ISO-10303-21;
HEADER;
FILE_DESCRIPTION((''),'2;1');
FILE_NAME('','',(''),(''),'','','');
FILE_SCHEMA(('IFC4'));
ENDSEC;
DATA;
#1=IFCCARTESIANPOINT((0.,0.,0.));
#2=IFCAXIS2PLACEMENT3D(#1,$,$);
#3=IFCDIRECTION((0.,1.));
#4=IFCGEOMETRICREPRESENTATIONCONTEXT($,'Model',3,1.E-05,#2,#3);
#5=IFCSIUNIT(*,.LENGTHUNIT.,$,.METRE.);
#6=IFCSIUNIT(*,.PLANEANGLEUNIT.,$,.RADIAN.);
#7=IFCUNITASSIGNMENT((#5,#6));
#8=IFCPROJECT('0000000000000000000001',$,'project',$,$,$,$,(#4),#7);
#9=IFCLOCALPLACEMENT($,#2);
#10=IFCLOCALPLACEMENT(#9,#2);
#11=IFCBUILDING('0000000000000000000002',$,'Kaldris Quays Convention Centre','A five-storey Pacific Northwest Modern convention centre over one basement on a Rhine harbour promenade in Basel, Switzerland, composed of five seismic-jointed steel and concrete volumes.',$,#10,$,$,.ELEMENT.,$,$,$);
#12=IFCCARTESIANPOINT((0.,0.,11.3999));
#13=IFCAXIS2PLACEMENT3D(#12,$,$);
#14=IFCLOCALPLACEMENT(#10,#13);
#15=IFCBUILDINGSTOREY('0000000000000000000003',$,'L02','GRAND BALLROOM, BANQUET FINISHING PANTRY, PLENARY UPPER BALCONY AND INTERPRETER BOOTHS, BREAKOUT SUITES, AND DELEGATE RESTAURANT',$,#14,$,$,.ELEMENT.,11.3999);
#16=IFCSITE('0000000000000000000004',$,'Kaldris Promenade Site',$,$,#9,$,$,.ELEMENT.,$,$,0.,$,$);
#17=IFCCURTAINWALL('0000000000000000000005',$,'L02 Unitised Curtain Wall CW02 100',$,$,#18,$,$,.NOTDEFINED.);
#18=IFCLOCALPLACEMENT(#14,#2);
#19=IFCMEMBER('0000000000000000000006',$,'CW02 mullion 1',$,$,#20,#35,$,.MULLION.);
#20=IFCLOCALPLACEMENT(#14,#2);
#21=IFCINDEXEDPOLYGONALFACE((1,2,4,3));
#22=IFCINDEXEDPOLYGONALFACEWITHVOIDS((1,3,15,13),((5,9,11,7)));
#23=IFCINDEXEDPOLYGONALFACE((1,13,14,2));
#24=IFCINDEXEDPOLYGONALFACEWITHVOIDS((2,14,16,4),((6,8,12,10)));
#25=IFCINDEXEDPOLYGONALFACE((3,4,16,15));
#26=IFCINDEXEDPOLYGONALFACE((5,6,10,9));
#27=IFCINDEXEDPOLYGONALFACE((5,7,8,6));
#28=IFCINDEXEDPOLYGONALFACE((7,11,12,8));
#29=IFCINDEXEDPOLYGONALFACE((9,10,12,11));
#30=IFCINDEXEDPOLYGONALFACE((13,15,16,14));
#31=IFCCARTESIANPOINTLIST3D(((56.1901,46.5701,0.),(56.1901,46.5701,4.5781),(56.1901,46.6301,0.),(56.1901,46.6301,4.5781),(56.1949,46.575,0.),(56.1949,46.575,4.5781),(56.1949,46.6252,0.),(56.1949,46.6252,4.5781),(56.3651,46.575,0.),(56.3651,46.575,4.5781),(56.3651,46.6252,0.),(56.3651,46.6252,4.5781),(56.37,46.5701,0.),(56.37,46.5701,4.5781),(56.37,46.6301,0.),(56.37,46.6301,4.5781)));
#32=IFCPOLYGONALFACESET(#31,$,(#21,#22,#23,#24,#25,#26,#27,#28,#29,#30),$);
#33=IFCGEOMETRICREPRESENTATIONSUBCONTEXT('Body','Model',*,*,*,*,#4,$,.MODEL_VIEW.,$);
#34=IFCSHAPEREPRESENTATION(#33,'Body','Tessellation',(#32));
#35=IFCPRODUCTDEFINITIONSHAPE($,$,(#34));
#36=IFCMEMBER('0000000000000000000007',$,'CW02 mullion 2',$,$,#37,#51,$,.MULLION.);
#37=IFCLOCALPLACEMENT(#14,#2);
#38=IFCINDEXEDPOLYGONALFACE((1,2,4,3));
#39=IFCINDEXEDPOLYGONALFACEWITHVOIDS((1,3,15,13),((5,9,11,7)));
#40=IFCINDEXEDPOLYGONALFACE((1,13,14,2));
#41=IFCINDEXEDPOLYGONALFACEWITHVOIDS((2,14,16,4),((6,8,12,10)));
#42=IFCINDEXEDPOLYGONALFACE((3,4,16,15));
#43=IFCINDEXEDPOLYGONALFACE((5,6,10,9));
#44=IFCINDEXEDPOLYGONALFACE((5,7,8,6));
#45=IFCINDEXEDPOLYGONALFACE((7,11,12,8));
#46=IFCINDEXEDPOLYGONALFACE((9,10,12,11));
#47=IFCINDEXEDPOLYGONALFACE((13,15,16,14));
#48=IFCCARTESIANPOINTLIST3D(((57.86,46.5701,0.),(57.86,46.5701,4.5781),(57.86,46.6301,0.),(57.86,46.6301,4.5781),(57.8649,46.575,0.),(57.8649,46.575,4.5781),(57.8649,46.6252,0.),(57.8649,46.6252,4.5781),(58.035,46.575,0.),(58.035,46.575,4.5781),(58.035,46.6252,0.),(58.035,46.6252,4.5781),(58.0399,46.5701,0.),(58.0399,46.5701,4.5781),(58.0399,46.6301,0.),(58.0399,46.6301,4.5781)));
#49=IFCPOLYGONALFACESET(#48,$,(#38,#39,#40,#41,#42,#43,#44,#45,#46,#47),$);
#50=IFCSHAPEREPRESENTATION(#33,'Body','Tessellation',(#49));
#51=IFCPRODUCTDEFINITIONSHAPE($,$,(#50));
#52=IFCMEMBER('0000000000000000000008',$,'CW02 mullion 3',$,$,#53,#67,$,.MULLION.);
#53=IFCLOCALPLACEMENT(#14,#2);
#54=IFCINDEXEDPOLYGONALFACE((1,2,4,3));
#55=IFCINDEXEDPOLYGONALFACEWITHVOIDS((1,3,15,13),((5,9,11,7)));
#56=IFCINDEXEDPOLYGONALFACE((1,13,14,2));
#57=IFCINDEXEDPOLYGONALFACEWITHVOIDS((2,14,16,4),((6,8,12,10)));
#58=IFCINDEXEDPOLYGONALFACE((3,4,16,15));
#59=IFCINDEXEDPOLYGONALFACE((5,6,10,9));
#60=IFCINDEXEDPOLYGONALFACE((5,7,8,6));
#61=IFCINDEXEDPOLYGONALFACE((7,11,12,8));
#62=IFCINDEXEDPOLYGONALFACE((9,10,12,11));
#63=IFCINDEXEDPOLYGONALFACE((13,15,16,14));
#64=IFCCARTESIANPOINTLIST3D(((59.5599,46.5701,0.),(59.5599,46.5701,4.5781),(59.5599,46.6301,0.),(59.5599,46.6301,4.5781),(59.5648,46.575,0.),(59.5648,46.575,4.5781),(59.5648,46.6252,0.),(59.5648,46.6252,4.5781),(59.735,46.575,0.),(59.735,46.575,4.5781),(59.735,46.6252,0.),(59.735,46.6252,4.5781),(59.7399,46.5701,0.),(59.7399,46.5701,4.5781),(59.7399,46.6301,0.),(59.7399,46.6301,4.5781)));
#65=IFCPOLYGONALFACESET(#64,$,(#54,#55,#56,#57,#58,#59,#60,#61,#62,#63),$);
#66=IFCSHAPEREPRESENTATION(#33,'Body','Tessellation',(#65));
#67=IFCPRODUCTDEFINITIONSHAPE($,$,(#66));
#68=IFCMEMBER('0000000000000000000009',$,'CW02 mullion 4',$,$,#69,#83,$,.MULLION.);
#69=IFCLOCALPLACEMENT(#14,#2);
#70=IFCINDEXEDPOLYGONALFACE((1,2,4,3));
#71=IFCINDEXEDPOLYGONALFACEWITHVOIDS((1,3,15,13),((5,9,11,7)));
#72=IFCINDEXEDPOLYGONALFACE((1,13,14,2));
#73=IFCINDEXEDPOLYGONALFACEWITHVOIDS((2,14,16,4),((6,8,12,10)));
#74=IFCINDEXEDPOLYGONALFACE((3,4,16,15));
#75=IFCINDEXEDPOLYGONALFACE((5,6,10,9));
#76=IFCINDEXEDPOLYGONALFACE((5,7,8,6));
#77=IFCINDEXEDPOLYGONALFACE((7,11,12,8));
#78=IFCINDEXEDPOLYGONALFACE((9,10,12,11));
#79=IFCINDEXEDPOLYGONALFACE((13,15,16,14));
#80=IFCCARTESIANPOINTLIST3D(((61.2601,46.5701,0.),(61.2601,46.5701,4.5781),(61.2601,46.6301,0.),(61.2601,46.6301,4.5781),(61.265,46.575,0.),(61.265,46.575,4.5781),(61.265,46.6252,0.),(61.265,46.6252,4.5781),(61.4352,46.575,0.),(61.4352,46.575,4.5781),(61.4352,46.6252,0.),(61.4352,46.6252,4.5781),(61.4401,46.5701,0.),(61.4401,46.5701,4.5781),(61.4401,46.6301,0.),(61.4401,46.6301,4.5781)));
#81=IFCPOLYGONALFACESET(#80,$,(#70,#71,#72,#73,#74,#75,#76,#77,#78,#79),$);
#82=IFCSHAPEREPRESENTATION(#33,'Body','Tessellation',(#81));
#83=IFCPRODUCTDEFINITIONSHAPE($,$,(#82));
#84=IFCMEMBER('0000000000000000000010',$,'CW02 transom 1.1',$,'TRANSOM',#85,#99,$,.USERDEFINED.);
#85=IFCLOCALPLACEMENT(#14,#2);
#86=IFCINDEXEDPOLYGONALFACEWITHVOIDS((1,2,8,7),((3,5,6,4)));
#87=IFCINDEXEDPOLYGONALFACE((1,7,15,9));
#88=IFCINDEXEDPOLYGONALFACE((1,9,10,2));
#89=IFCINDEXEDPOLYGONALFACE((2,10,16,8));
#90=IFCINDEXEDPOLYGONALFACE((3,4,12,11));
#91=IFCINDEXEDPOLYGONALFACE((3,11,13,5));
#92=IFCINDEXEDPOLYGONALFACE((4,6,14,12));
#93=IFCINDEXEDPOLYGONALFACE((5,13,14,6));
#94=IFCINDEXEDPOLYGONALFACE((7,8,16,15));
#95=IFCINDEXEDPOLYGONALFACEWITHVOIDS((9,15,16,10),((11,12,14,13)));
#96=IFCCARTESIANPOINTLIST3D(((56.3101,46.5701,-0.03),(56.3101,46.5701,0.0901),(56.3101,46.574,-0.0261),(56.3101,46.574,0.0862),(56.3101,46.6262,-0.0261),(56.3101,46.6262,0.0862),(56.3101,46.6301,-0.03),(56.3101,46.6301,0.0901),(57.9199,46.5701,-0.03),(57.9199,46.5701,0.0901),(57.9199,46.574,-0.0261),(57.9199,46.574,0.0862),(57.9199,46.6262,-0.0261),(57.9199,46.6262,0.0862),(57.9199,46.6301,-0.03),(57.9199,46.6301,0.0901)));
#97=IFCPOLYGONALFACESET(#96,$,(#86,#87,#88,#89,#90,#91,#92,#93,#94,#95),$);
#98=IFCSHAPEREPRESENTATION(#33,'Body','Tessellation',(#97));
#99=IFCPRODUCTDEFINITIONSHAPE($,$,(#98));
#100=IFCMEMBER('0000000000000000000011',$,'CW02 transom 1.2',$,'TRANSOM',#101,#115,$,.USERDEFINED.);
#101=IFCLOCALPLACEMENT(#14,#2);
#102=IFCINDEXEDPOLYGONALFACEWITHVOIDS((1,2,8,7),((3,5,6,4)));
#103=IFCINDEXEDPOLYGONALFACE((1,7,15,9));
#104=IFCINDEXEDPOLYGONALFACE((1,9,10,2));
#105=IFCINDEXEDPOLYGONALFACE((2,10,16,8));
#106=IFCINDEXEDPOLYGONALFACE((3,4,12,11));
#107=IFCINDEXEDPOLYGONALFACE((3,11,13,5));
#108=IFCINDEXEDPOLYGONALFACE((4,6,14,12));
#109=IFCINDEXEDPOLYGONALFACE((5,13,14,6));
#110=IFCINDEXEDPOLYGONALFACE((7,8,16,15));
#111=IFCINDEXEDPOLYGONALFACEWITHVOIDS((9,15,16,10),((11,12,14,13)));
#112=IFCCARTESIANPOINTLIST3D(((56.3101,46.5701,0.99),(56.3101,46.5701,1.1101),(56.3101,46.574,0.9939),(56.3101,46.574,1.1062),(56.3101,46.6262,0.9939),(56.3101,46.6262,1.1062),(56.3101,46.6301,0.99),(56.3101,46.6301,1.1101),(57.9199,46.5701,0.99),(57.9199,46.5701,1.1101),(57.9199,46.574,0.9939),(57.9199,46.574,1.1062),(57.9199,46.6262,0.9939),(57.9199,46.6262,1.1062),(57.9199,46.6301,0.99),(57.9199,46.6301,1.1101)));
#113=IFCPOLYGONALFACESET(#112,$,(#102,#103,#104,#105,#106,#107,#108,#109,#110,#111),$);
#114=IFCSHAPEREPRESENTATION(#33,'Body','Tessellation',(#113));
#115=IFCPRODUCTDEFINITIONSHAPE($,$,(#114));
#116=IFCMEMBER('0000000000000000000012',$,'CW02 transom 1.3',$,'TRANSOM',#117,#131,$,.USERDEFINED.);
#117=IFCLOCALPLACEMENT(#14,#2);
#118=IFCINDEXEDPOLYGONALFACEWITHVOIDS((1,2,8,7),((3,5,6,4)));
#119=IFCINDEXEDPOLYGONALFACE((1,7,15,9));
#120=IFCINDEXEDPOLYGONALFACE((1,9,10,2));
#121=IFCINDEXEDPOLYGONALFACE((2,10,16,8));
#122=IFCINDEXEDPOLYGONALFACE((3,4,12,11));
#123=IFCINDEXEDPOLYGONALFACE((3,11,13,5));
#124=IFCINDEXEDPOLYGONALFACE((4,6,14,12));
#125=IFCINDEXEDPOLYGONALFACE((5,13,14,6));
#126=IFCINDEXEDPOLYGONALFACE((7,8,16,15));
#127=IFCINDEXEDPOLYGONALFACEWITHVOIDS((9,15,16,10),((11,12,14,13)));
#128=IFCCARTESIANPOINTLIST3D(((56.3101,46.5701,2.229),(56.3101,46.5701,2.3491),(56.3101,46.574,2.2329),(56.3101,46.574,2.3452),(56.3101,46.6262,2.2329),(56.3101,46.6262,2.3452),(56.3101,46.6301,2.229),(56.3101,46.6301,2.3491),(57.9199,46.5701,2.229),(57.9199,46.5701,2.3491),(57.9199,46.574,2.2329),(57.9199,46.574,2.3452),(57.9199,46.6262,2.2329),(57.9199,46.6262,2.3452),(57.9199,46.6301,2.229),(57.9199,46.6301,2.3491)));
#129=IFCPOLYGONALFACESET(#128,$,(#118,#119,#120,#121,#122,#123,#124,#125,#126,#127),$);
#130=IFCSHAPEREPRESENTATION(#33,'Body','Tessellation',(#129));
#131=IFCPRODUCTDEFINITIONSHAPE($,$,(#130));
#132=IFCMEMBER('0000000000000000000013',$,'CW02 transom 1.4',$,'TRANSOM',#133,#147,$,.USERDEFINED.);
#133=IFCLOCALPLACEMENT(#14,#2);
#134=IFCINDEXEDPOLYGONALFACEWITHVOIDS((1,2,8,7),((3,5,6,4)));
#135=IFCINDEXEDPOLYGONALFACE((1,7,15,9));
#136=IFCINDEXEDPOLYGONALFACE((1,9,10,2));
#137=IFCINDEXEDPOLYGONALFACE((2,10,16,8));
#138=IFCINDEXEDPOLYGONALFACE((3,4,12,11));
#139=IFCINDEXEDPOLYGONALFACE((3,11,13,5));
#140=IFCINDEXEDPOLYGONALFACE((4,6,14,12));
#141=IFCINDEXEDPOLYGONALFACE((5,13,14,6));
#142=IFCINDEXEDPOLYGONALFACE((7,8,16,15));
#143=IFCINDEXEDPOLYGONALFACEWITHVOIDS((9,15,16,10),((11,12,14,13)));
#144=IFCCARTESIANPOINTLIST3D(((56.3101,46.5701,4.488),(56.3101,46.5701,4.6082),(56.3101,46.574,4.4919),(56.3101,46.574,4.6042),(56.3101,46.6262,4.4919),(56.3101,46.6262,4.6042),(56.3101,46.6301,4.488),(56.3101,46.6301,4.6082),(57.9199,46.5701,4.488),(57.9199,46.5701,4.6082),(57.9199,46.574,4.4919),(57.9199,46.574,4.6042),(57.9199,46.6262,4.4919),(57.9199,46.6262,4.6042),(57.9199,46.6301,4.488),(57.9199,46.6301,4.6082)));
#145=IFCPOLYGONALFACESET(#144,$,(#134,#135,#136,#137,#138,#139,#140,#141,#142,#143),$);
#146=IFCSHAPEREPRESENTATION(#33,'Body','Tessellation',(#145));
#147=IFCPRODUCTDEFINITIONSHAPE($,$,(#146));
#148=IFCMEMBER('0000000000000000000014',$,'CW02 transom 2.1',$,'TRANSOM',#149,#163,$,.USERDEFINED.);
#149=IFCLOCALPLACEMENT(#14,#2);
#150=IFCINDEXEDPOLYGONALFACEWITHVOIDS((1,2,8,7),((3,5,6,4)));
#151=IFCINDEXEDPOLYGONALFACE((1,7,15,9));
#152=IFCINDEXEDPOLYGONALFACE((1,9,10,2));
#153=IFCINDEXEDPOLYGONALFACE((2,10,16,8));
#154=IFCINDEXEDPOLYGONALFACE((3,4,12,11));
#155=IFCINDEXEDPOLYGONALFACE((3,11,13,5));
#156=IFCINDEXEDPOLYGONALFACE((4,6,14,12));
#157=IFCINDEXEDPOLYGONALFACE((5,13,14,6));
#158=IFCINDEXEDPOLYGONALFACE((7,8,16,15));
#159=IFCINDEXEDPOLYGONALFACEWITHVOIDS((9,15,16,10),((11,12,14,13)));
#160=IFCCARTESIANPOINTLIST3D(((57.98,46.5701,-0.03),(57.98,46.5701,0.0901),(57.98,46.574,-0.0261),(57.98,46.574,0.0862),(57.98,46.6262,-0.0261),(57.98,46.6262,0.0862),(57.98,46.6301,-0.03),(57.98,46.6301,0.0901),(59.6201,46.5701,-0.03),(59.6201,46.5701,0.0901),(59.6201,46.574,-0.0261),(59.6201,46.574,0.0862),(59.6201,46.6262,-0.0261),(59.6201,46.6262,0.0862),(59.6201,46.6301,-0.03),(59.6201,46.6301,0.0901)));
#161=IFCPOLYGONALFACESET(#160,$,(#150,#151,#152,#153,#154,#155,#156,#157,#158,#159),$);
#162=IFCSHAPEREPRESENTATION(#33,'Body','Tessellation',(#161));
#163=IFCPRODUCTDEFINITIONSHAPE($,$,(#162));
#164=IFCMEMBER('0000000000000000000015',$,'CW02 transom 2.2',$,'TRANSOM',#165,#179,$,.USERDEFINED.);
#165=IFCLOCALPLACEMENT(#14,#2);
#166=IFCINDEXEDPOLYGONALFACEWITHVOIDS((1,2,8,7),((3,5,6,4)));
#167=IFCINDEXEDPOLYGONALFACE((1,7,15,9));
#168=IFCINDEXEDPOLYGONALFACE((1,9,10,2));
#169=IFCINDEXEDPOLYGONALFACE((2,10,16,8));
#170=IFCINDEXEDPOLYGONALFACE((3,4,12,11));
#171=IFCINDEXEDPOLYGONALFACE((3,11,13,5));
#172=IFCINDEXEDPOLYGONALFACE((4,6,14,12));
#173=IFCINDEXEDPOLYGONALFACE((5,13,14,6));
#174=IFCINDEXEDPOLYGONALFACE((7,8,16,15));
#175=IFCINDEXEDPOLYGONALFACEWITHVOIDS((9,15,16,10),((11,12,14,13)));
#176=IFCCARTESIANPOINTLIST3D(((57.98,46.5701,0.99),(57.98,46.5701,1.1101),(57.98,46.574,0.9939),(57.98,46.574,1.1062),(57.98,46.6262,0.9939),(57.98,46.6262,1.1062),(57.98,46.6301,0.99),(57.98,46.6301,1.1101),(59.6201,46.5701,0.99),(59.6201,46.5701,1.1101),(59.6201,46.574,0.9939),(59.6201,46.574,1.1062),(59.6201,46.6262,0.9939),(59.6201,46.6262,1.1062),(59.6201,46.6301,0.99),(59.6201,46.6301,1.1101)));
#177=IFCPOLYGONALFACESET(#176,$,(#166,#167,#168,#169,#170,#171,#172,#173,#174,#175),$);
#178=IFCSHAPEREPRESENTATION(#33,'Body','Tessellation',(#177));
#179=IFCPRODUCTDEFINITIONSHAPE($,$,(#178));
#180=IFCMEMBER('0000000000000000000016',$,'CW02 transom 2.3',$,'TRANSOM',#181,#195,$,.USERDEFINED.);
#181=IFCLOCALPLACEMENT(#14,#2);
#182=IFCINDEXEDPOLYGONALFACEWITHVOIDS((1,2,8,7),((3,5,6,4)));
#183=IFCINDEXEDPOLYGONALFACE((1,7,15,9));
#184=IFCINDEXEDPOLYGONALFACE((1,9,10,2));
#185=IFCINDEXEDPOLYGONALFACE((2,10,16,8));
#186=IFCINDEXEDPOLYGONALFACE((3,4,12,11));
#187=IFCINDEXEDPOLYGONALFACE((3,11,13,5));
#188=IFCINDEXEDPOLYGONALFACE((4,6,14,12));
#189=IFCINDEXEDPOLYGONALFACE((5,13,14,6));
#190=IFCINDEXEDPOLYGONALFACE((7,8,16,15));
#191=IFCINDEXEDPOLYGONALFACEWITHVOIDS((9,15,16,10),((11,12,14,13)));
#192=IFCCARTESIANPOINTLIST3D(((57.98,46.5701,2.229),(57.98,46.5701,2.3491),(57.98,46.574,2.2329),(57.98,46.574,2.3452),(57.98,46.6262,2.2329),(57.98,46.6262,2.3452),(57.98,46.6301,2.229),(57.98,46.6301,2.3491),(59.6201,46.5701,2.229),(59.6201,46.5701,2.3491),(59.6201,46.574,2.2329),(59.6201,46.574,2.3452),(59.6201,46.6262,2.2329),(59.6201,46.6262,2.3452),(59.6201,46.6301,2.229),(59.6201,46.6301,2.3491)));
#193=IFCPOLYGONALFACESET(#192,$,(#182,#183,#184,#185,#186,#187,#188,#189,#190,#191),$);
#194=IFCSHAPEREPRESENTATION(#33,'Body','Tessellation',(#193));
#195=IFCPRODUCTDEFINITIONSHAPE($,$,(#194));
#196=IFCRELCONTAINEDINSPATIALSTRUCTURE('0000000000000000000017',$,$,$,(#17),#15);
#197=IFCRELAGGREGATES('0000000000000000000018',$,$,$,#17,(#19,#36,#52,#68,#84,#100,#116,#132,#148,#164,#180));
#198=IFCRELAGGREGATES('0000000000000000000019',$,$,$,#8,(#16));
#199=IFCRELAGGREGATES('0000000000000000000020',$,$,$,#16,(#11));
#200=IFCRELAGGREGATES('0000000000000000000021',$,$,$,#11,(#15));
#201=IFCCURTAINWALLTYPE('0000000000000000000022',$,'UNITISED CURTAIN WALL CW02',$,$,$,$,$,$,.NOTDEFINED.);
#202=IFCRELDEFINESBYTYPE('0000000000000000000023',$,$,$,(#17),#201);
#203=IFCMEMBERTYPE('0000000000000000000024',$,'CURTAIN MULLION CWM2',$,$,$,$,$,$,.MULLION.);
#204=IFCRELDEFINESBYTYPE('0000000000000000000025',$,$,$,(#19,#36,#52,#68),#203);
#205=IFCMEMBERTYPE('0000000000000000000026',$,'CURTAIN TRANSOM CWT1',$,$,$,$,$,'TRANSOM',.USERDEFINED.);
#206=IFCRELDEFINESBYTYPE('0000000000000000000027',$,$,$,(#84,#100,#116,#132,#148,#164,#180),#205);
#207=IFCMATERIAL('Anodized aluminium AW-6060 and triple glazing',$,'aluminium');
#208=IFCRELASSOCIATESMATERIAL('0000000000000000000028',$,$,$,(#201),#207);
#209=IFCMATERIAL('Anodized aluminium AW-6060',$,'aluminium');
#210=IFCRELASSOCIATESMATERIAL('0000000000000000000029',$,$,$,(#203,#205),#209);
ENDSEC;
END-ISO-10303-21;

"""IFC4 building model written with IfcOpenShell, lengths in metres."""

from ifc_helpers import new_model, si_unit, direction, frame, origin, origin_2d, place, context, subcontext, project, spatial, hollow_rectangle, extrude, material, material_profile, profile_set, type_object, element, aggregate, save


model = new_model("IFC4")

# Units and contexts
model_context = context("Model", 3, precision=1e-05, world=origin(), true_north=direction((0.0, 1.0)))
body_context = subcontext(model_context, "Body", "Model", "MODEL_VIEW")
ifc_project = project(units=[si_unit("LENGTHUNIT", "METRE"), si_unit("PLANEANGLEUNIT", "RADIAN")], contexts=[model_context])

# Site, building, storey
site_placement = place(None, origin())
site = spatial("IfcSite", under=ifc_project, at=site_placement, Name="Kaldris Promenade Site", CompositionType="ELEMENT", RefElevation=0.0)
building_placement = place(site_placement, origin())
building = spatial("IfcBuilding", under=site, at=building_placement, Name="Kaldris Quays Convention Centre", Description="A five-storey Pacific Northwest Modern convention centre over one basement on a Rhine harbour promenade in Basel, Switzerland, composed of five seismic-jointed steel and concrete volumes.", CompositionType="ELEMENT")
storey_placement = place(building_placement, frame((0.0, 0.0, 11.3999)))
storey = spatial("IfcBuildingStorey", under=building, at=storey_placement, Name="L02", Description="GRAND BALLROOM, BANQUET FINISHING PANTRY, PLENARY UPPER BALCONY AND INTERPRETER BOOTHS, BREAKOUT SUITES, AND DELEGATE RESTAURANT", CompositionType="ELEMENT", Elevation=11.3999)

# Curtain wall, members
ifc_material_1 = material(Name="Anodized aluminium AW-6060 and triple glazing", Category="aluminium")
curtain_wall_type = type_object("IfcCurtainWallType", Name="UNITISED CURTAIN WALL CW02", PredefinedType="NOTDEFINED", material=ifc_material_1)
curtain_wall_placement = place(storey_placement, origin())
curtain_wall = element("IfcCurtainWall", 1, at=curtain_wall_placement, inside=storey, type_object=curtain_wall_type, Name="L02 Unitised Curtain Wall CW02 100", PredefinedType="NOTDEFINED")
ifc_material_2 = material(Name="Anodized aluminium AW-6060", Category="aluminium")
ifc_material_profile_1 = material_profile(ifc_material_2, hollow_rectangle(XDim=0.0601, YDim=0.1799, WallThickness=0.0049, at=origin_2d()), Name="RHS 180x60x5")
ifc_profile_set_1 = profile_set([ifc_material_profile_1], Name="Anodized aluminium AW-6060")
member_type_1 = type_object("IfcMemberType", Name="CURTAIN MULLION CWM2", PredefinedType="MULLION", material=ifc_profile_set_1)
member_1_placement = place(storey_placement, frame((56.28, 46.6001, 0.0), z_axis=(0.0, 0.0, 1.0), x_axis=(0.0, 1.0, 0.0)))
member_1 = element("IfcMember", 2, at=member_1_placement, type_object=member_type_1, Name="CW02 mullion 1", PredefinedType="MULLION", context=body_context, shape_type="SweptSolid", body=[
    extrude(hollow_rectangle(XDim=0.0601, YDim=0.1799, WallThickness=0.0049, at=origin_2d()), origin(), (0.0, 0.0, 1.0), 4.5781),
])
member_2_placement = place(storey_placement, frame((57.95, 46.6001, 0.0), z_axis=(0.0, 0.0, 1.0), x_axis=(0.0, 1.0, 0.0)))
member_2 = element("IfcMember", 3, at=member_2_placement, type_object=member_type_1, Name="CW02 mullion 2", PredefinedType="MULLION", context=body_context, shape_type="SweptSolid", body=[
    extrude(hollow_rectangle(XDim=0.0601, YDim=0.1799, WallThickness=0.0049, at=origin_2d()), origin(), (0.0, 0.0, 1.0), 4.5781),
])
member_3_placement = place(storey_placement, frame((59.6499, 46.6001, 0.0), z_axis=(0.0, 0.0, 1.0), x_axis=(0.0, 1.0, 0.0)))
member_3 = element("IfcMember", 4, at=member_3_placement, type_object=member_type_1, Name="CW02 mullion 3", PredefinedType="MULLION", context=body_context, shape_type="SweptSolid", body=[
    extrude(hollow_rectangle(XDim=0.0601, YDim=0.1799, WallThickness=0.0049, at=origin_2d()), origin(), (0.0, 0.0, 1.0), 4.5781),
])
member_4_placement = place(storey_placement, frame((61.3501, 46.6001, 0.0), z_axis=(0.0, 0.0, 1.0), x_axis=(0.0, 1.0, 0.0)))
member_4 = element("IfcMember", 5, at=member_4_placement, type_object=member_type_1, Name="CW02 mullion 4", PredefinedType="MULLION", context=body_context, shape_type="SweptSolid", body=[
    extrude(hollow_rectangle(XDim=0.0601, YDim=0.1799, WallThickness=0.0049, at=origin_2d()), origin(), (0.0, 0.0, 1.0), 4.5781),
])
ifc_material_profile_2 = material_profile(ifc_material_2, hollow_rectangle(XDim=0.0601, YDim=0.1201, WallThickness=0.0039, at=origin_2d()), Name="RHS 120x60x4")
ifc_profile_set_2 = profile_set([ifc_material_profile_2], Name="Anodized aluminium AW-6060")
member_type_2 = type_object("IfcMemberType", Name="CURTAIN TRANSOM CWT1", ElementType="TRANSOM", PredefinedType="USERDEFINED", material=ifc_profile_set_2)
member_5_placement = place(storey_placement, frame((56.3101, 46.6001, 0.03), z_axis=(1.0, 0.0, 0.0), x_axis=(0.0, 1.0, 0.0)))
member_5 = element("IfcMember", 6, at=member_5_placement, type_object=member_type_2, Name="CW02 transom 1.1", ObjectType="TRANSOM", PredefinedType="USERDEFINED", context=body_context, shape_type="SweptSolid", body=[
    extrude(hollow_rectangle(XDim=0.0601, YDim=0.1201, WallThickness=0.0039, at=origin_2d()), origin(), (0.0, 0.0, 1.0), 1.6099),
])
member_6_placement = place(storey_placement, frame((56.3101, 46.6001, 1.05), z_axis=(1.0, 0.0, 0.0), x_axis=(0.0, 1.0, 0.0)))
member_6 = element("IfcMember", 7, at=member_6_placement, type_object=member_type_2, Name="CW02 transom 1.2", ObjectType="TRANSOM", PredefinedType="USERDEFINED", context=body_context, shape_type="SweptSolid", body=[
    extrude(hollow_rectangle(XDim=0.0601, YDim=0.1201, WallThickness=0.0039, at=origin_2d()), origin(), (0.0, 0.0, 1.0), 1.6099),
])
member_7_placement = place(storey_placement, frame((56.3101, 46.6001, 2.2891), z_axis=(1.0, 0.0, 0.0), x_axis=(0.0, 1.0, 0.0)))
member_7 = element("IfcMember", 8, at=member_7_placement, type_object=member_type_2, Name="CW02 transom 1.3", ObjectType="TRANSOM", PredefinedType="USERDEFINED", context=body_context, shape_type="SweptSolid", body=[
    extrude(hollow_rectangle(XDim=0.0601, YDim=0.1201, WallThickness=0.0039, at=origin_2d()), origin(), (0.0, 0.0, 1.0), 1.6099),
])
member_8_placement = place(storey_placement, frame((56.3101, 46.6001, 4.5481), z_axis=(1.0, 0.0, 0.0), x_axis=(0.0, 1.0, 0.0)))
member_8 = element("IfcMember", 9, at=member_8_placement, type_object=member_type_2, Name="CW02 transom 1.4", ObjectType="TRANSOM", PredefinedType="USERDEFINED", context=body_context, shape_type="SweptSolid", body=[
    extrude(hollow_rectangle(XDim=0.0601, YDim=0.1201, WallThickness=0.0039, at=origin_2d()), origin(), (0.0, 0.0, 1.0), 1.6099),
])
member_9_placement = place(storey_placement, frame((57.98, 46.6001, 0.03), z_axis=(1.0, 0.0, 0.0), x_axis=(0.0, 1.0, 0.0)))
member_9 = element("IfcMember", 10, at=member_9_placement, type_object=member_type_2, Name="CW02 transom 2.1", ObjectType="TRANSOM", PredefinedType="USERDEFINED", context=body_context, shape_type="SweptSolid", body=[
    extrude(hollow_rectangle(XDim=0.0601, YDim=0.1201, WallThickness=0.0039, at=origin_2d()), origin(), (0.0, 0.0, 1.0), 1.6401),
])
member_10_placement = place(storey_placement, frame((57.98, 46.6001, 1.05), z_axis=(1.0, 0.0, 0.0), x_axis=(0.0, 1.0, 0.0)))
member_10 = element("IfcMember", 11, at=member_10_placement, type_object=member_type_2, Name="CW02 transom 2.2", ObjectType="TRANSOM", PredefinedType="USERDEFINED", context=body_context, shape_type="SweptSolid", body=[
    extrude(hollow_rectangle(XDim=0.0601, YDim=0.1201, WallThickness=0.0039, at=origin_2d()), origin(), (0.0, 0.0, 1.0), 1.6401),
])
member_11_placement = place(storey_placement, frame((57.98, 46.6001, 2.2891), z_axis=(1.0, 0.0, 0.0), x_axis=(0.0, 1.0, 0.0)))
member_11 = element("IfcMember", 12, at=member_11_placement, type_object=member_type_2, Name="CW02 transom 2.3", ObjectType="TRANSOM", PredefinedType="USERDEFINED", context=body_context, shape_type="SweptSolid", body=[
    extrude(hollow_rectangle(XDim=0.0601, YDim=0.1201, WallThickness=0.0039, at=origin_2d()), origin(), (0.0, 0.0, 1.0), 1.6401),
])

aggregate(curtain_wall, [member_1, member_2, member_3, member_4, member_5, member_6, member_7, member_8, member_9, member_10, member_11])

save(model, "model.ifc")
